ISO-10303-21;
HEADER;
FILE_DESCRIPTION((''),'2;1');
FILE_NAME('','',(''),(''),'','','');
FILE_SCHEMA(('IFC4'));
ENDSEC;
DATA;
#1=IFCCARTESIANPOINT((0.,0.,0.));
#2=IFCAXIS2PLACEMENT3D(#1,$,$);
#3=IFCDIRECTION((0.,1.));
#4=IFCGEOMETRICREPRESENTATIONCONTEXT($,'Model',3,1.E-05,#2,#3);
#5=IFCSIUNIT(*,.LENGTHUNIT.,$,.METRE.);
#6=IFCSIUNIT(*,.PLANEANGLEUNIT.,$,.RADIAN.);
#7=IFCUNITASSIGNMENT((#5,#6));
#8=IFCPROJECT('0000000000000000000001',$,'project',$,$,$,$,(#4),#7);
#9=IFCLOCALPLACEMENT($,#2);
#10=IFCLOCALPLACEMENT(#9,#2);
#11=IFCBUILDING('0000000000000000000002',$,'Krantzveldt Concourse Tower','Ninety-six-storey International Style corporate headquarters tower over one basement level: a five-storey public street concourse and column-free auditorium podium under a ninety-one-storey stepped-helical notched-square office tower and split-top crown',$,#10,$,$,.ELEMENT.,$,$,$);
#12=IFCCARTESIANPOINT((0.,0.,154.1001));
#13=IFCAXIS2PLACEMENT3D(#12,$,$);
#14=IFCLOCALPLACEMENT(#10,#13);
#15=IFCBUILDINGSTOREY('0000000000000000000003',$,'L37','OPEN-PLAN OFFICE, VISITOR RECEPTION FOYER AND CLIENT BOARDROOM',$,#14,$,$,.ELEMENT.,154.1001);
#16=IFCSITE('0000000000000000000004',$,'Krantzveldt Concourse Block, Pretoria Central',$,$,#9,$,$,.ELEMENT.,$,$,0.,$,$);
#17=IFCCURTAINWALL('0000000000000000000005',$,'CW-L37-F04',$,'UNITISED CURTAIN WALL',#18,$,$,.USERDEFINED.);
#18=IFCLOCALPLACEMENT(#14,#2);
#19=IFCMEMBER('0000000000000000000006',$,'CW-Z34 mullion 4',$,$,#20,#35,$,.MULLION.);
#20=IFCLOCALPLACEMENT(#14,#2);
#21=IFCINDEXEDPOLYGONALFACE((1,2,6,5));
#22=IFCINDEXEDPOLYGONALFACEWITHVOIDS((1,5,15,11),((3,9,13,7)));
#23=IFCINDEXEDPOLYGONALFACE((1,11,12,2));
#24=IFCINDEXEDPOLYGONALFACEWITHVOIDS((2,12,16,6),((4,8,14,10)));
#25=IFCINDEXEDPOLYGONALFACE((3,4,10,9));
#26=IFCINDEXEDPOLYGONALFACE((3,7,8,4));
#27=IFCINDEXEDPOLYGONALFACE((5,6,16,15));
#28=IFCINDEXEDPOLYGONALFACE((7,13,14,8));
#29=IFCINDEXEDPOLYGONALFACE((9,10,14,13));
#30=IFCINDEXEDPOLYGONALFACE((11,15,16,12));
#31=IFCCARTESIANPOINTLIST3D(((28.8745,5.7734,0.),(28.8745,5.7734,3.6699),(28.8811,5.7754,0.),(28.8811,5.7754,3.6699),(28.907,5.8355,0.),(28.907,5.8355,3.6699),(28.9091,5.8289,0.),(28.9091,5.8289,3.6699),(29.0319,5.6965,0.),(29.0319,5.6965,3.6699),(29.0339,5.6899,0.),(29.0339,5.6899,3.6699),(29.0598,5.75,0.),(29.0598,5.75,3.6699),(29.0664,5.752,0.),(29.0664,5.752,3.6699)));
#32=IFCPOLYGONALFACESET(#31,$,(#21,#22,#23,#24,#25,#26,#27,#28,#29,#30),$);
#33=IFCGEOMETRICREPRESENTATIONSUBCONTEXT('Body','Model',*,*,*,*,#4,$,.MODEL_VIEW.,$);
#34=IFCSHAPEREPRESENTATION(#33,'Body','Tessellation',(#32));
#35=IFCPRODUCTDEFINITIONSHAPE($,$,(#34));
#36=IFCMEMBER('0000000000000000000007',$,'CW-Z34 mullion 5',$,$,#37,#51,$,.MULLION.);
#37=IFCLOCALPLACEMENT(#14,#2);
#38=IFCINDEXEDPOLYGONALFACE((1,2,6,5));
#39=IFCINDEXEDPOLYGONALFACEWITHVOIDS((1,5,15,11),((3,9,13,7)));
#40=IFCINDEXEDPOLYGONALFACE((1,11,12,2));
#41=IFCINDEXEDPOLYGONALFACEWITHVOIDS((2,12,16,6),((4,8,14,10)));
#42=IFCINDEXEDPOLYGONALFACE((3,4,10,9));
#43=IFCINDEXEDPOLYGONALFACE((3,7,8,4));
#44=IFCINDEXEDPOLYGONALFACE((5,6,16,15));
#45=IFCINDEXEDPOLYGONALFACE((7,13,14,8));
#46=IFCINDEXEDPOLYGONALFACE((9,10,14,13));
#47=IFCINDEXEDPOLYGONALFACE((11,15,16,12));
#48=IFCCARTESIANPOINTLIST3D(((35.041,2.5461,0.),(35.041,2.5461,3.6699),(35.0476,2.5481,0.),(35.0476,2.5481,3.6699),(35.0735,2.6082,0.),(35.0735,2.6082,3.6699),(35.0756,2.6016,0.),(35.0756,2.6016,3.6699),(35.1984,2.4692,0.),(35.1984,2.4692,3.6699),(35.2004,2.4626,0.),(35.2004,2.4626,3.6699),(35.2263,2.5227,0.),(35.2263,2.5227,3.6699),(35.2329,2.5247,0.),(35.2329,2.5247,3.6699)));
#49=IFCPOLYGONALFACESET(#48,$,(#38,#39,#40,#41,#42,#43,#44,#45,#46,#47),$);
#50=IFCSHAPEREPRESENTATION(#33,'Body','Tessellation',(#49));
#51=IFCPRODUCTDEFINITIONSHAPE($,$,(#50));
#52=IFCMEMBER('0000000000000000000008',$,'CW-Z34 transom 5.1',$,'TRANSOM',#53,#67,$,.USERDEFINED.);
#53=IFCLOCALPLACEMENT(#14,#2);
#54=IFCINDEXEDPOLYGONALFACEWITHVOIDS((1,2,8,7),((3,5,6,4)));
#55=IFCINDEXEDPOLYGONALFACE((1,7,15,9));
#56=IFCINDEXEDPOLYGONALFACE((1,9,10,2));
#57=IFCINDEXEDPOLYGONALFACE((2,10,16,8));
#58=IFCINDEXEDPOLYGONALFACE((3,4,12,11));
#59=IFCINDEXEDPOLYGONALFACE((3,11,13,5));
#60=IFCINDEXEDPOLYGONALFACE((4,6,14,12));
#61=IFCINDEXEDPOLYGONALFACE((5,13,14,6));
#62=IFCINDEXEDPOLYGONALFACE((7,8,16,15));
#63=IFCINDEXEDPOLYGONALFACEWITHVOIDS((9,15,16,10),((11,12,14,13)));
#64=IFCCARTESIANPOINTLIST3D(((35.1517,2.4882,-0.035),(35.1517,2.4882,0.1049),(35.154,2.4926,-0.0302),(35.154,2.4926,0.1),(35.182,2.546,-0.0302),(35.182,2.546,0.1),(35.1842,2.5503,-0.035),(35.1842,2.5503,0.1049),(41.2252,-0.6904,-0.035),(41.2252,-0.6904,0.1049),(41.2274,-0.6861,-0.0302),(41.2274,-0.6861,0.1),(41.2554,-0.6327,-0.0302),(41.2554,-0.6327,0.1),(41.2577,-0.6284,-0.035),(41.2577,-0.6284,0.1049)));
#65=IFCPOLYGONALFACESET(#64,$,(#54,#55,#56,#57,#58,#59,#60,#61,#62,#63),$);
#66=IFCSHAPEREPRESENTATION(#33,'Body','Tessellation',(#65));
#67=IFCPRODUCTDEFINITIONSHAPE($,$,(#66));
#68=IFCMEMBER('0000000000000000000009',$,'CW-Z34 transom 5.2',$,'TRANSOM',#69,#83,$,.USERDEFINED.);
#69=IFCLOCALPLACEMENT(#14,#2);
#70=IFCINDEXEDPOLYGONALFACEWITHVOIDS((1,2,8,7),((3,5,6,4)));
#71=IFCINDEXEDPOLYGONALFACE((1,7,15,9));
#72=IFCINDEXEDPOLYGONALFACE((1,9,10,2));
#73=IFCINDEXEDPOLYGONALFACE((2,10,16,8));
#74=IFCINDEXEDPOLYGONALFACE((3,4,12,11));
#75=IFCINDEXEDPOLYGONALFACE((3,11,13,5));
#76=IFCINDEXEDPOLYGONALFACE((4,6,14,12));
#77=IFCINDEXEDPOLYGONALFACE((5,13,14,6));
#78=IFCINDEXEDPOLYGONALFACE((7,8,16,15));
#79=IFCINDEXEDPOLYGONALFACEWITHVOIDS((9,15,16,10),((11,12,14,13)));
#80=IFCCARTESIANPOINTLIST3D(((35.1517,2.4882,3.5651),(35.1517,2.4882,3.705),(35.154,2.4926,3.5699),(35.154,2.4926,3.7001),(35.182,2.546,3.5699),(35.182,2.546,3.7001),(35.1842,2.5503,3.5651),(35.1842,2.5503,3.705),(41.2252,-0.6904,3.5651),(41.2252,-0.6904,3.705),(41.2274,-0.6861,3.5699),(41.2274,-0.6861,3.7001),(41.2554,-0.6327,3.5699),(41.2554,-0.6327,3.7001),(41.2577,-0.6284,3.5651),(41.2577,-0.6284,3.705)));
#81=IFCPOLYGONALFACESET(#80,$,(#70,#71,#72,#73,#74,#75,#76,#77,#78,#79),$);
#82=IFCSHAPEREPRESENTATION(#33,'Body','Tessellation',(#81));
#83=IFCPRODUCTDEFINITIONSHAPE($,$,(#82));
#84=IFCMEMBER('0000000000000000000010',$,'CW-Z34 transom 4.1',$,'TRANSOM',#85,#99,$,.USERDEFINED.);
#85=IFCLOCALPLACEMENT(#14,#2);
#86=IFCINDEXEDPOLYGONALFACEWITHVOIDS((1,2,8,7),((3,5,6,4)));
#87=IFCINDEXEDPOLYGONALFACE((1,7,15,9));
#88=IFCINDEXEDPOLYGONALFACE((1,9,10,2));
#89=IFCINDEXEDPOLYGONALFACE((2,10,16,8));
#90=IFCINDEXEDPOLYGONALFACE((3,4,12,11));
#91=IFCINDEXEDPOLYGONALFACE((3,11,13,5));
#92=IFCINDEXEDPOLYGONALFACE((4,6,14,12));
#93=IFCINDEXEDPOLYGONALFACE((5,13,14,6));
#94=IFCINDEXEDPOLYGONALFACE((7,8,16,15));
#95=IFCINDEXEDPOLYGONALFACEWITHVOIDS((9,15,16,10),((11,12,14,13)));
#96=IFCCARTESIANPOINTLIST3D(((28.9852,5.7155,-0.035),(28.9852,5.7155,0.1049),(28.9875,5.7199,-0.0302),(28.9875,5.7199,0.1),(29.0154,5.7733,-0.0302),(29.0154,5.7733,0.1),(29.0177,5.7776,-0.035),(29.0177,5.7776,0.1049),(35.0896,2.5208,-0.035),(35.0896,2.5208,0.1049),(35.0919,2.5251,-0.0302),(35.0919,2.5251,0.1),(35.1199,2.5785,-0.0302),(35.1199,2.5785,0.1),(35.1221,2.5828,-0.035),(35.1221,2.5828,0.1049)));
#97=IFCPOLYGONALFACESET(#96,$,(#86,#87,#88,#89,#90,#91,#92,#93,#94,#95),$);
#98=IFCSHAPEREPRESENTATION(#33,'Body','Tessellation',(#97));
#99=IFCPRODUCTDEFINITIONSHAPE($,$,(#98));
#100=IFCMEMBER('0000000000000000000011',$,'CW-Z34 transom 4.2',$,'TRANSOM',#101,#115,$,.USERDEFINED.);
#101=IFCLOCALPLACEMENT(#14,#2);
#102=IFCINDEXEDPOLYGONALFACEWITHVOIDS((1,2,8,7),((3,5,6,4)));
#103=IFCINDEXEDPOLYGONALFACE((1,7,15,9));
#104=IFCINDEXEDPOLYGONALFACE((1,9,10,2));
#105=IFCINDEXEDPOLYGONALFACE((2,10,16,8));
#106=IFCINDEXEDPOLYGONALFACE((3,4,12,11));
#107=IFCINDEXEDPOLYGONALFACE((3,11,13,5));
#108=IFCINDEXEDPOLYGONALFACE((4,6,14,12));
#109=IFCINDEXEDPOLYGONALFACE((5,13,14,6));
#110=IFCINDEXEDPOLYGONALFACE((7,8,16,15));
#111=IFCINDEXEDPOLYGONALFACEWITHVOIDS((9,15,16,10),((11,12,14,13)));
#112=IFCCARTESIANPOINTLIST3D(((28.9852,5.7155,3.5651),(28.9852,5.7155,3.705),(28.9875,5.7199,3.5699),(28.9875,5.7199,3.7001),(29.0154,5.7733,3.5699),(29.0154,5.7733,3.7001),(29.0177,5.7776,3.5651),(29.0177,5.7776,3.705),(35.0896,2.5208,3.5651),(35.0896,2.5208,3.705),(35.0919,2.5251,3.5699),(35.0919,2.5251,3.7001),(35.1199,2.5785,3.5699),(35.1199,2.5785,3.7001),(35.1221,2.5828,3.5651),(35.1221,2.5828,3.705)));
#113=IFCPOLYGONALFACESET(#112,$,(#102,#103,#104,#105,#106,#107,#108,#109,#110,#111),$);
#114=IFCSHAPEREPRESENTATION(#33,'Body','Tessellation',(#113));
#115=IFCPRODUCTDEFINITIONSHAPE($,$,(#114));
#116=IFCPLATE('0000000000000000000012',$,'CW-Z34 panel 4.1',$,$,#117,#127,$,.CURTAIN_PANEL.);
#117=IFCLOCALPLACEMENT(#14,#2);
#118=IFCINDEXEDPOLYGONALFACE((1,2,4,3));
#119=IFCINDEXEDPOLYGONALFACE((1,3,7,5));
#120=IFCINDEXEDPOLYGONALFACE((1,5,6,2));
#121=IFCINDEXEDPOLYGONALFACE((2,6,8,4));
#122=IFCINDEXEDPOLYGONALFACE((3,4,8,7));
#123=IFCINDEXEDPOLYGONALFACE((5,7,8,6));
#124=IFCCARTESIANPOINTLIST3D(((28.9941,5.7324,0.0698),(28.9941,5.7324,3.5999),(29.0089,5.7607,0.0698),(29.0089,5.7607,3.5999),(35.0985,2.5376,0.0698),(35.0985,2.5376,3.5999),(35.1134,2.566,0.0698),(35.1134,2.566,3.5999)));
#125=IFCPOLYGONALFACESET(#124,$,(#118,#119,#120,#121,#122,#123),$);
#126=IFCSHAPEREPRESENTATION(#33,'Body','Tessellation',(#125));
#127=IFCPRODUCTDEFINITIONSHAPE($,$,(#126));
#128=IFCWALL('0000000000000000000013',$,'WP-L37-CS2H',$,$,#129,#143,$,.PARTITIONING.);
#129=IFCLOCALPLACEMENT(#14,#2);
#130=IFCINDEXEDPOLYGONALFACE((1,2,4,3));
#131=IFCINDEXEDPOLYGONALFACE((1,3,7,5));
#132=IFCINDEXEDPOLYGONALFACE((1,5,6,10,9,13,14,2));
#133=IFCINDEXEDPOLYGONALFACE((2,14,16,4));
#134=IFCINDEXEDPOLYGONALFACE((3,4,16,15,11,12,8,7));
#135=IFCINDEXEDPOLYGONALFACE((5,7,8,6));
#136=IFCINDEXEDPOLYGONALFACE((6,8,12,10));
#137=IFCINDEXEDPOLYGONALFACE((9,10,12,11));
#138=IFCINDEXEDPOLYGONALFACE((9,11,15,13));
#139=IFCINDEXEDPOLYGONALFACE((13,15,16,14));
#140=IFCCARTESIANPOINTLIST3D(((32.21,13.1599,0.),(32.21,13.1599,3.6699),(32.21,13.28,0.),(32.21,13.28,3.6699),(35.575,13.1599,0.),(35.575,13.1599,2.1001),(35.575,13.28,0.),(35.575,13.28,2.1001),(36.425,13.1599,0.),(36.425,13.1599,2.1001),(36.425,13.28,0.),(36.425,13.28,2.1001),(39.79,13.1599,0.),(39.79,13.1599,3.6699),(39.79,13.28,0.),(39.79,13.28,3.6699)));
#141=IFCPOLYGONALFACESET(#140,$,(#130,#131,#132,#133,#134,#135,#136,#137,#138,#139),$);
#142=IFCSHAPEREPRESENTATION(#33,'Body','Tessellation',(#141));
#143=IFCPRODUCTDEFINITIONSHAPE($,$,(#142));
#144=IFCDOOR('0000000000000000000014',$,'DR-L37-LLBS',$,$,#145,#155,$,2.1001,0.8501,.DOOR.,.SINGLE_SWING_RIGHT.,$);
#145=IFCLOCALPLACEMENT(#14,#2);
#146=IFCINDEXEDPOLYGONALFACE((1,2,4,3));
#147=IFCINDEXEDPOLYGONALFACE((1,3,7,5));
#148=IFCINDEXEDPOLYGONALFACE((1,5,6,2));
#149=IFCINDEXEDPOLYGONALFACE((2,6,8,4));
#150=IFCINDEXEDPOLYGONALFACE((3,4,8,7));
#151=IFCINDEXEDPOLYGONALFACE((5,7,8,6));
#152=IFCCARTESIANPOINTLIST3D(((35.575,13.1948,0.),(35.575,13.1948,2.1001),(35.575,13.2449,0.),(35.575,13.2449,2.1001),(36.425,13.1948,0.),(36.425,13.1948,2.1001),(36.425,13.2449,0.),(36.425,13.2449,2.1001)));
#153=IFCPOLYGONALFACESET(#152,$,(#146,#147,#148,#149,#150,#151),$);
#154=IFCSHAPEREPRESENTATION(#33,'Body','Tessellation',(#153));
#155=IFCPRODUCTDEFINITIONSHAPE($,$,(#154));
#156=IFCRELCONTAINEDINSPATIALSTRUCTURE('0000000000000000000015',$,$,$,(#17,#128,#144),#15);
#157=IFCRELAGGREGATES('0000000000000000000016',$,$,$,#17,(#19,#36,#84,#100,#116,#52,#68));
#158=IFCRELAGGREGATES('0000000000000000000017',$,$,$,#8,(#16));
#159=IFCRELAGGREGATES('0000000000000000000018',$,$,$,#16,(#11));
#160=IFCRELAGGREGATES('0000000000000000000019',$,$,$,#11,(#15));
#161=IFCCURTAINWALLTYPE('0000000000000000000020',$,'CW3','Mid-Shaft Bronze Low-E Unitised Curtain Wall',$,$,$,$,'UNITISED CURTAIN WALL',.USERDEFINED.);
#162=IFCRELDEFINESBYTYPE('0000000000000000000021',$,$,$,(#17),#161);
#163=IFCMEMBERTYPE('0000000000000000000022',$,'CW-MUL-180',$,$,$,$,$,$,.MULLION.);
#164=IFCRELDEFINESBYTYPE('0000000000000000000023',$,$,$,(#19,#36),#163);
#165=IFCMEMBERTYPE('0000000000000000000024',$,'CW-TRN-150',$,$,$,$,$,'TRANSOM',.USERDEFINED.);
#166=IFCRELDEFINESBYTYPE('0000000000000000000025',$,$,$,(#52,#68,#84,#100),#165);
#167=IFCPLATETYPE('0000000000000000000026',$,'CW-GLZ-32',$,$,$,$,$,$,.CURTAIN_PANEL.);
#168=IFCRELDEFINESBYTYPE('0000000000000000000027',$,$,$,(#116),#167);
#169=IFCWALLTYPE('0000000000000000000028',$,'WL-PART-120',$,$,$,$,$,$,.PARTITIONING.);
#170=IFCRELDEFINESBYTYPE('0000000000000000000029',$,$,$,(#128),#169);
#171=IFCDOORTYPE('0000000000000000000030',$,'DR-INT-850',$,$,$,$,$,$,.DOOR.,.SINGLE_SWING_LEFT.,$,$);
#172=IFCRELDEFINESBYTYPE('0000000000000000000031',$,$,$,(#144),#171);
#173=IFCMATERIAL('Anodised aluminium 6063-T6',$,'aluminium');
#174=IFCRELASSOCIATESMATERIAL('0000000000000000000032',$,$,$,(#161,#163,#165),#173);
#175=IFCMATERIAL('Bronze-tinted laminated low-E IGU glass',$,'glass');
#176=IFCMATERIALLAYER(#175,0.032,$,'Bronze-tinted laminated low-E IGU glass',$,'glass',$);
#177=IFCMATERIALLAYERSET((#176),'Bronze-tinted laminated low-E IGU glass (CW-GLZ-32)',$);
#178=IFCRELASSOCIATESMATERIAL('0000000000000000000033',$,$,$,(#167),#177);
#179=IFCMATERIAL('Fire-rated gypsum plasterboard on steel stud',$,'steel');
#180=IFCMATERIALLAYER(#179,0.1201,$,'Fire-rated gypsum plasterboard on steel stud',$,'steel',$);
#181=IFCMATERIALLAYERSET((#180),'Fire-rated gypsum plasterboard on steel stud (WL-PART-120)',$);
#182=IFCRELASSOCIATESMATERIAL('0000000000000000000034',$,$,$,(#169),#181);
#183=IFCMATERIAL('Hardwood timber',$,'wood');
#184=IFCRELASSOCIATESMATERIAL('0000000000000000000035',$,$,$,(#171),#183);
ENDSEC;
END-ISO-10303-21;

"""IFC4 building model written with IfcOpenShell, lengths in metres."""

from ifc_helpers import new_model, si_unit, direction, frame, frame_2d, origin, origin_2d, place, context, subcontext, project, spatial, rectangle, hollow_rectangle, extrude, source, transform, mapped, material, layer, layer_set, material_profile, profile_set, type_object, type_shapes, element, fill, aggregate, save


model = new_model("IFC4")

# Units and contexts
model_context = context("Model", 3, precision=1e-05, world=origin(), true_north=direction((0.0, 1.0)))
body_context = subcontext(model_context, "Body", "Model", "MODEL_VIEW")
ifc_project = project(units=[si_unit("LENGTHUNIT", "METRE"), si_unit("PLANEANGLEUNIT", "RADIAN")], contexts=[model_context])

# Site, building, storey
site_placement = place(None, origin())
site = spatial("IfcSite", under=ifc_project, at=site_placement, Name="Krantzveldt Concourse Block, Pretoria Central", CompositionType="ELEMENT", RefElevation=0.0)
building_placement = place(site_placement, origin())
building = spatial("IfcBuilding", under=site, at=building_placement, Name="Krantzveldt Concourse Tower", Description="Ninety-six-storey International Style corporate headquarters tower over one basement level: a five-storey public street concourse and column-free auditorium podium under a ninety-one-storey stepped-helical notched-square office tower and split-top crown", CompositionType="ELEMENT")
storey_placement = place(building_placement, frame((0.0, 0.0, 154.1001)))
storey = spatial("IfcBuildingStorey", under=building, at=storey_placement, Name="L37", Description="OPEN-PLAN OFFICE, VISITOR RECEPTION FOYER AND CLIENT BOARDROOM", CompositionType="ELEMENT", Elevation=154.1001)

# Curtain wall, members, plate
ifc_material_1 = material(Name="Anodised aluminium 6063-T6", Category="aluminium")
curtain_wall_type = type_object("IfcCurtainWallType", Name="CW3", Description="Mid-Shaft Bronze Low-E Unitised Curtain Wall", ElementType="UNITISED CURTAIN WALL", PredefinedType="USERDEFINED", material=ifc_material_1)
curtain_wall_placement = place(storey_placement, origin())
curtain_wall = element("IfcCurtainWall", 1, at=curtain_wall_placement, inside=storey, type_object=curtain_wall_type, Name="CW-L37-F04", ObjectType="UNITISED CURTAIN WALL", PredefinedType="USERDEFINED")
ifc_material_profile_1 = material_profile(ifc_material_1, hollow_rectangle(XDim=0.0701, YDim=0.1799, WallThickness=0.0049, at=origin_2d()), Name="Anodised aluminium 6063-T6", Category="aluminium")
ifc_profile_set_1 = profile_set([ifc_material_profile_1], Name="Anodised aluminium 6063-T6 - ALU-MULL 180x70x5")
member_type_1 = type_object("IfcMemberType", Name="CW-MUL-180", PredefinedType="MULLION", material=ifc_profile_set_1)
shared_shape_1 = source(origin(), body_context, "Body", "SweptSolid", [
    extrude(hollow_rectangle(XDim=0.0701, YDim=0.1799, WallThickness=0.0049, at=origin_2d()), origin(), (0.0, 0.0, 1.0), 3.6699),
])
type_shapes(member_type_1, [shared_shape_1])
member_1_placement = place(storey_placement, frame((28.9705, 5.7627, 0.0), z_axis=(0.0, 0.0, 1.0), x_axis=(0.463683, 0.886001, 0.0)))
member_1 = element("IfcMember", 2, at=member_1_placement, type_object=member_type_1, Name="CW-Z34 mullion 4", PredefinedType="MULLION", context=body_context, shape_type="MappedRepresentation", body=[
    mapped(shared_shape_1, transform((0.0, 0.0, 0.0), x_axis=(1.0, 0.0, 0.0), y_axis=(0.0, 1.0, 0.0), z_axis=(0.0, 0.0, 1.0), scale=1.0)),
])
member_2_placement = place(storey_placement, frame((35.137, 2.5354, 0.0), z_axis=(0.0, 0.0, 1.0), x_axis=(0.463683, 0.886001, 0.0)))
member_2 = element("IfcMember", 3, at=member_2_placement, type_object=member_type_1, Name="CW-Z34 mullion 5", PredefinedType="MULLION", context=body_context, shape_type="MappedRepresentation", body=[
    mapped(shared_shape_1, transform((0.0, 0.0, 0.0), x_axis=(1.0, 0.0, 0.0), y_axis=(0.0, 1.0, 0.0), z_axis=(0.0, 0.0, 1.0), scale=1.0)),
])
ifc_material_profile_2 = material_profile(ifc_material_1, hollow_rectangle(XDim=0.0701, YDim=0.1399, WallThickness=0.0049, at=origin_2d()), Name="Anodised aluminium 6063-T6", Category="aluminium")
ifc_profile_set_2 = profile_set([ifc_material_profile_2], Name="Anodised aluminium 6063-T6 - ALU-TRAN 140x70x5")
member_type_2 = type_object("IfcMemberType", Name="CW-TRN-150", ElementType="TRANSOM", PredefinedType="USERDEFINED", material=ifc_profile_set_2)
shared_shape_2 = source(origin(), body_context, "Body", "SweptSolid", [
    extrude(hollow_rectangle(XDim=0.0701, YDim=0.1399, WallThickness=0.0049, at=origin_2d()), origin(), (0.0, 0.0, 1.0), 6.855),
])
member_3_placement = place(storey_placement, frame((35.168, 2.5193, 0.0349), z_axis=(0.88599, -0.463705, 0.0), x_axis=(0.463705, 0.88599, 0.0)))
member_3 = element("IfcMember", 4, at=member_3_placement, type_object=member_type_2, Name="CW-Z34 transom 5.1", ObjectType="TRANSOM", PredefinedType="USERDEFINED", context=body_context, shape_type="MappedRepresentation", body=[
    mapped(shared_shape_2, transform((0.0, 0.0, 0.0), x_axis=(1.0, 0.0, 0.0), y_axis=(0.0, 1.0, 0.0), z_axis=(0.0, 0.0, 1.0), scale=1.0)),
])
member_4_placement = place(storey_placement, frame((35.168, 2.5193, 3.635), z_axis=(0.88599, -0.463705, 0.0), x_axis=(0.463705, 0.88599, 0.0)))
member_4 = element("IfcMember", 5, at=member_4_placement, type_object=member_type_2, Name="CW-Z34 transom 5.2", ObjectType="TRANSOM", PredefinedType="USERDEFINED", context=body_context, shape_type="MappedRepresentation", body=[
    mapped(shared_shape_2, transform((0.0, 0.0, 0.0), x_axis=(1.0, 0.0, 0.0), y_axis=(0.0, 1.0, 0.0), z_axis=(0.0, 0.0, 1.0), scale=1.0)),
])
shared_shape_3 = source(origin(), body_context, "Body", "SweptSolid", [
    extrude(hollow_rectangle(XDim=0.0701, YDim=0.1399, WallThickness=0.0049, at=origin_2d()), origin(), (0.0, 0.0, 1.0), 6.8899),
])
type_shapes(member_type_2, [shared_shape_2, shared_shape_3])
member_5_placement = place(storey_placement, frame((29.0015, 5.7466, 0.0349), z_axis=(0.885997, -0.463692, 0.0), x_axis=(0.463692, 0.885997, 0.0)))
member_5 = element("IfcMember", 6, at=member_5_placement, type_object=member_type_2, Name="CW-Z34 transom 4.1", ObjectType="TRANSOM", PredefinedType="USERDEFINED", context=body_context, shape_type="MappedRepresentation", body=[
    mapped(shared_shape_3, transform((0.0, 0.0, 0.0), x_axis=(1.0, 0.0, 0.0), y_axis=(0.0, 1.0, 0.0), z_axis=(0.0, 0.0, 1.0), scale=1.0)),
])
member_6_placement = place(storey_placement, frame((29.0015, 5.7466, 3.635), z_axis=(0.885997, -0.463692, 0.0), x_axis=(0.463692, 0.885997, 0.0)))
member_6 = element("IfcMember", 7, at=member_6_placement, type_object=member_type_2, Name="CW-Z34 transom 4.2", ObjectType="TRANSOM", PredefinedType="USERDEFINED", context=body_context, shape_type="MappedRepresentation", body=[
    mapped(shared_shape_3, transform((0.0, 0.0, 0.0), x_axis=(1.0, 0.0, 0.0), y_axis=(0.0, 1.0, 0.0), z_axis=(0.0, 0.0, 1.0), scale=1.0)),
])
ifc_material_2 = material(Name="Bronze-tinted laminated low-E IGU glass", Category="glass")
ifc_layer_1 = layer(ifc_material_2, 0.032, Name="Bronze-tinted laminated low-E IGU glass", Category="glass")
ifc_layer_set_1 = layer_set([ifc_layer_1], Name="Bronze-tinted laminated low-E IGU glass (CW-GLZ-32)")
plate_type = type_object("IfcPlateType", Name="CW-GLZ-32", PredefinedType="CURTAIN_PANEL", material=ifc_layer_set_1)
shared_shape_4 = source(origin(), body_context, "Body", "SweptSolid", [
    extrude(rectangle(XDim=6.8899, YDim=0.032, at=origin_2d()), origin(), (0.0, 0.0, 1.0), 3.53),
])
type_shapes(plate_type, [shared_shape_4])
plate_placement = place(storey_placement, frame((32.0537, 4.1492, 0.0698), z_axis=(0.0, 0.0, 1.0), x_axis=(0.886001, -0.463683, 0.0)))
plate = element("IfcPlate", 8, at=plate_placement, type_object=plate_type, Name="CW-Z34 panel 4.1", PredefinedType="CURTAIN_PANEL", context=body_context, shape_type="MappedRepresentation", body=[
    mapped(shared_shape_4, transform((0.0, 0.0, 0.0), x_axis=(1.0, 0.0, 0.0), y_axis=(0.0, 1.0, 0.0), z_axis=(0.0, 0.0, 1.0), scale=1.0)),
])
aggregate(curtain_wall, [member_1, member_2, member_5, member_6, plate, member_3, member_4])

# Wall, opening, door
ifc_material_3 = material(Name="Fire-rated gypsum plasterboard on steel stud", Category="steel")
ifc_layer_2 = layer(ifc_material_3, 0.1201, Name="Fire-rated gypsum plasterboard on steel stud", Category="steel")
ifc_layer_set_2 = layer_set([ifc_layer_2], Name="Fire-rated gypsum plasterboard on steel stud (WL-PART-120)")
wall_type_1 = type_object("IfcWallType", Name="WL-PART-120", PredefinedType="PARTITIONING", material=ifc_layer_set_2)
wall_1_placement = place(storey_placement, frame((32.21, 13.22, 0.0), z_axis=(0.0, 0.0, 1.0), x_axis=(1.0, 0.0, 0.0)))
wall_1 = element("IfcWall", 9, at=wall_1_placement, inside=storey, type_object=wall_type_1, Name="WP-L37-CS2H", PredefinedType="PARTITIONING", context=body_context, shape_type="SweptSolid", body=[
    extrude(rectangle(XDim=7.5801, YDim=0.1201, at=frame_2d((3.79, 0.0))), origin(), (0.0, 0.0, 1.0), 3.6699),
])
opening_1_placement = place(wall_1_placement, frame((3.365, 0.0, 0.0)))
opening_1 = element("IfcOpeningElement", 10, at=opening_1_placement, cuts=wall_1, PredefinedType="OPENING", context=body_context, shape_type="SweptSolid", body=[
    extrude(rectangle(XDim=0.8501, YDim=2.1001, at=frame_2d((0.425, 1.05))), frame((0.0, 0.0701, 0.0), z_axis=(0.0, -1.0, 0.0), x_axis=(1.0, 0.0, 0.0)), (0.0, 0.0, 1.0), 0.1401),
])
ifc_material_4 = material(Name="Hardwood timber", Category="wood")
door_type_1 = type_object("IfcDoorType", Name="DR-INT-850", OperationType="SINGLE_SWING_LEFT", PredefinedType="DOOR", material=ifc_material_4)
door_1_placement = place(opening_1_placement, origin())
door_1 = element("IfcDoor", 11, at=door_1_placement, inside=storey, type_object=door_type_1, Name="DR-L37-LLBS", OperationType="SINGLE_SWING_RIGHT", OverallHeight=2.1001, OverallWidth=0.8501, PredefinedType="DOOR", context=body_context, shape_type="SweptSolid", body=[
    extrude(rectangle(XDim=0.8501, YDim=2.1001, at=frame_2d((0.425, 1.05))), frame((0.0, 0.0249, 0.0), z_axis=(0.0, -1.0, 0.0), x_axis=(1.0, 0.0, 0.0)), (0.0, 0.0, 1.0), 0.05),
])
fill(opening_1, door_1)

save(model, "model.ifc")
